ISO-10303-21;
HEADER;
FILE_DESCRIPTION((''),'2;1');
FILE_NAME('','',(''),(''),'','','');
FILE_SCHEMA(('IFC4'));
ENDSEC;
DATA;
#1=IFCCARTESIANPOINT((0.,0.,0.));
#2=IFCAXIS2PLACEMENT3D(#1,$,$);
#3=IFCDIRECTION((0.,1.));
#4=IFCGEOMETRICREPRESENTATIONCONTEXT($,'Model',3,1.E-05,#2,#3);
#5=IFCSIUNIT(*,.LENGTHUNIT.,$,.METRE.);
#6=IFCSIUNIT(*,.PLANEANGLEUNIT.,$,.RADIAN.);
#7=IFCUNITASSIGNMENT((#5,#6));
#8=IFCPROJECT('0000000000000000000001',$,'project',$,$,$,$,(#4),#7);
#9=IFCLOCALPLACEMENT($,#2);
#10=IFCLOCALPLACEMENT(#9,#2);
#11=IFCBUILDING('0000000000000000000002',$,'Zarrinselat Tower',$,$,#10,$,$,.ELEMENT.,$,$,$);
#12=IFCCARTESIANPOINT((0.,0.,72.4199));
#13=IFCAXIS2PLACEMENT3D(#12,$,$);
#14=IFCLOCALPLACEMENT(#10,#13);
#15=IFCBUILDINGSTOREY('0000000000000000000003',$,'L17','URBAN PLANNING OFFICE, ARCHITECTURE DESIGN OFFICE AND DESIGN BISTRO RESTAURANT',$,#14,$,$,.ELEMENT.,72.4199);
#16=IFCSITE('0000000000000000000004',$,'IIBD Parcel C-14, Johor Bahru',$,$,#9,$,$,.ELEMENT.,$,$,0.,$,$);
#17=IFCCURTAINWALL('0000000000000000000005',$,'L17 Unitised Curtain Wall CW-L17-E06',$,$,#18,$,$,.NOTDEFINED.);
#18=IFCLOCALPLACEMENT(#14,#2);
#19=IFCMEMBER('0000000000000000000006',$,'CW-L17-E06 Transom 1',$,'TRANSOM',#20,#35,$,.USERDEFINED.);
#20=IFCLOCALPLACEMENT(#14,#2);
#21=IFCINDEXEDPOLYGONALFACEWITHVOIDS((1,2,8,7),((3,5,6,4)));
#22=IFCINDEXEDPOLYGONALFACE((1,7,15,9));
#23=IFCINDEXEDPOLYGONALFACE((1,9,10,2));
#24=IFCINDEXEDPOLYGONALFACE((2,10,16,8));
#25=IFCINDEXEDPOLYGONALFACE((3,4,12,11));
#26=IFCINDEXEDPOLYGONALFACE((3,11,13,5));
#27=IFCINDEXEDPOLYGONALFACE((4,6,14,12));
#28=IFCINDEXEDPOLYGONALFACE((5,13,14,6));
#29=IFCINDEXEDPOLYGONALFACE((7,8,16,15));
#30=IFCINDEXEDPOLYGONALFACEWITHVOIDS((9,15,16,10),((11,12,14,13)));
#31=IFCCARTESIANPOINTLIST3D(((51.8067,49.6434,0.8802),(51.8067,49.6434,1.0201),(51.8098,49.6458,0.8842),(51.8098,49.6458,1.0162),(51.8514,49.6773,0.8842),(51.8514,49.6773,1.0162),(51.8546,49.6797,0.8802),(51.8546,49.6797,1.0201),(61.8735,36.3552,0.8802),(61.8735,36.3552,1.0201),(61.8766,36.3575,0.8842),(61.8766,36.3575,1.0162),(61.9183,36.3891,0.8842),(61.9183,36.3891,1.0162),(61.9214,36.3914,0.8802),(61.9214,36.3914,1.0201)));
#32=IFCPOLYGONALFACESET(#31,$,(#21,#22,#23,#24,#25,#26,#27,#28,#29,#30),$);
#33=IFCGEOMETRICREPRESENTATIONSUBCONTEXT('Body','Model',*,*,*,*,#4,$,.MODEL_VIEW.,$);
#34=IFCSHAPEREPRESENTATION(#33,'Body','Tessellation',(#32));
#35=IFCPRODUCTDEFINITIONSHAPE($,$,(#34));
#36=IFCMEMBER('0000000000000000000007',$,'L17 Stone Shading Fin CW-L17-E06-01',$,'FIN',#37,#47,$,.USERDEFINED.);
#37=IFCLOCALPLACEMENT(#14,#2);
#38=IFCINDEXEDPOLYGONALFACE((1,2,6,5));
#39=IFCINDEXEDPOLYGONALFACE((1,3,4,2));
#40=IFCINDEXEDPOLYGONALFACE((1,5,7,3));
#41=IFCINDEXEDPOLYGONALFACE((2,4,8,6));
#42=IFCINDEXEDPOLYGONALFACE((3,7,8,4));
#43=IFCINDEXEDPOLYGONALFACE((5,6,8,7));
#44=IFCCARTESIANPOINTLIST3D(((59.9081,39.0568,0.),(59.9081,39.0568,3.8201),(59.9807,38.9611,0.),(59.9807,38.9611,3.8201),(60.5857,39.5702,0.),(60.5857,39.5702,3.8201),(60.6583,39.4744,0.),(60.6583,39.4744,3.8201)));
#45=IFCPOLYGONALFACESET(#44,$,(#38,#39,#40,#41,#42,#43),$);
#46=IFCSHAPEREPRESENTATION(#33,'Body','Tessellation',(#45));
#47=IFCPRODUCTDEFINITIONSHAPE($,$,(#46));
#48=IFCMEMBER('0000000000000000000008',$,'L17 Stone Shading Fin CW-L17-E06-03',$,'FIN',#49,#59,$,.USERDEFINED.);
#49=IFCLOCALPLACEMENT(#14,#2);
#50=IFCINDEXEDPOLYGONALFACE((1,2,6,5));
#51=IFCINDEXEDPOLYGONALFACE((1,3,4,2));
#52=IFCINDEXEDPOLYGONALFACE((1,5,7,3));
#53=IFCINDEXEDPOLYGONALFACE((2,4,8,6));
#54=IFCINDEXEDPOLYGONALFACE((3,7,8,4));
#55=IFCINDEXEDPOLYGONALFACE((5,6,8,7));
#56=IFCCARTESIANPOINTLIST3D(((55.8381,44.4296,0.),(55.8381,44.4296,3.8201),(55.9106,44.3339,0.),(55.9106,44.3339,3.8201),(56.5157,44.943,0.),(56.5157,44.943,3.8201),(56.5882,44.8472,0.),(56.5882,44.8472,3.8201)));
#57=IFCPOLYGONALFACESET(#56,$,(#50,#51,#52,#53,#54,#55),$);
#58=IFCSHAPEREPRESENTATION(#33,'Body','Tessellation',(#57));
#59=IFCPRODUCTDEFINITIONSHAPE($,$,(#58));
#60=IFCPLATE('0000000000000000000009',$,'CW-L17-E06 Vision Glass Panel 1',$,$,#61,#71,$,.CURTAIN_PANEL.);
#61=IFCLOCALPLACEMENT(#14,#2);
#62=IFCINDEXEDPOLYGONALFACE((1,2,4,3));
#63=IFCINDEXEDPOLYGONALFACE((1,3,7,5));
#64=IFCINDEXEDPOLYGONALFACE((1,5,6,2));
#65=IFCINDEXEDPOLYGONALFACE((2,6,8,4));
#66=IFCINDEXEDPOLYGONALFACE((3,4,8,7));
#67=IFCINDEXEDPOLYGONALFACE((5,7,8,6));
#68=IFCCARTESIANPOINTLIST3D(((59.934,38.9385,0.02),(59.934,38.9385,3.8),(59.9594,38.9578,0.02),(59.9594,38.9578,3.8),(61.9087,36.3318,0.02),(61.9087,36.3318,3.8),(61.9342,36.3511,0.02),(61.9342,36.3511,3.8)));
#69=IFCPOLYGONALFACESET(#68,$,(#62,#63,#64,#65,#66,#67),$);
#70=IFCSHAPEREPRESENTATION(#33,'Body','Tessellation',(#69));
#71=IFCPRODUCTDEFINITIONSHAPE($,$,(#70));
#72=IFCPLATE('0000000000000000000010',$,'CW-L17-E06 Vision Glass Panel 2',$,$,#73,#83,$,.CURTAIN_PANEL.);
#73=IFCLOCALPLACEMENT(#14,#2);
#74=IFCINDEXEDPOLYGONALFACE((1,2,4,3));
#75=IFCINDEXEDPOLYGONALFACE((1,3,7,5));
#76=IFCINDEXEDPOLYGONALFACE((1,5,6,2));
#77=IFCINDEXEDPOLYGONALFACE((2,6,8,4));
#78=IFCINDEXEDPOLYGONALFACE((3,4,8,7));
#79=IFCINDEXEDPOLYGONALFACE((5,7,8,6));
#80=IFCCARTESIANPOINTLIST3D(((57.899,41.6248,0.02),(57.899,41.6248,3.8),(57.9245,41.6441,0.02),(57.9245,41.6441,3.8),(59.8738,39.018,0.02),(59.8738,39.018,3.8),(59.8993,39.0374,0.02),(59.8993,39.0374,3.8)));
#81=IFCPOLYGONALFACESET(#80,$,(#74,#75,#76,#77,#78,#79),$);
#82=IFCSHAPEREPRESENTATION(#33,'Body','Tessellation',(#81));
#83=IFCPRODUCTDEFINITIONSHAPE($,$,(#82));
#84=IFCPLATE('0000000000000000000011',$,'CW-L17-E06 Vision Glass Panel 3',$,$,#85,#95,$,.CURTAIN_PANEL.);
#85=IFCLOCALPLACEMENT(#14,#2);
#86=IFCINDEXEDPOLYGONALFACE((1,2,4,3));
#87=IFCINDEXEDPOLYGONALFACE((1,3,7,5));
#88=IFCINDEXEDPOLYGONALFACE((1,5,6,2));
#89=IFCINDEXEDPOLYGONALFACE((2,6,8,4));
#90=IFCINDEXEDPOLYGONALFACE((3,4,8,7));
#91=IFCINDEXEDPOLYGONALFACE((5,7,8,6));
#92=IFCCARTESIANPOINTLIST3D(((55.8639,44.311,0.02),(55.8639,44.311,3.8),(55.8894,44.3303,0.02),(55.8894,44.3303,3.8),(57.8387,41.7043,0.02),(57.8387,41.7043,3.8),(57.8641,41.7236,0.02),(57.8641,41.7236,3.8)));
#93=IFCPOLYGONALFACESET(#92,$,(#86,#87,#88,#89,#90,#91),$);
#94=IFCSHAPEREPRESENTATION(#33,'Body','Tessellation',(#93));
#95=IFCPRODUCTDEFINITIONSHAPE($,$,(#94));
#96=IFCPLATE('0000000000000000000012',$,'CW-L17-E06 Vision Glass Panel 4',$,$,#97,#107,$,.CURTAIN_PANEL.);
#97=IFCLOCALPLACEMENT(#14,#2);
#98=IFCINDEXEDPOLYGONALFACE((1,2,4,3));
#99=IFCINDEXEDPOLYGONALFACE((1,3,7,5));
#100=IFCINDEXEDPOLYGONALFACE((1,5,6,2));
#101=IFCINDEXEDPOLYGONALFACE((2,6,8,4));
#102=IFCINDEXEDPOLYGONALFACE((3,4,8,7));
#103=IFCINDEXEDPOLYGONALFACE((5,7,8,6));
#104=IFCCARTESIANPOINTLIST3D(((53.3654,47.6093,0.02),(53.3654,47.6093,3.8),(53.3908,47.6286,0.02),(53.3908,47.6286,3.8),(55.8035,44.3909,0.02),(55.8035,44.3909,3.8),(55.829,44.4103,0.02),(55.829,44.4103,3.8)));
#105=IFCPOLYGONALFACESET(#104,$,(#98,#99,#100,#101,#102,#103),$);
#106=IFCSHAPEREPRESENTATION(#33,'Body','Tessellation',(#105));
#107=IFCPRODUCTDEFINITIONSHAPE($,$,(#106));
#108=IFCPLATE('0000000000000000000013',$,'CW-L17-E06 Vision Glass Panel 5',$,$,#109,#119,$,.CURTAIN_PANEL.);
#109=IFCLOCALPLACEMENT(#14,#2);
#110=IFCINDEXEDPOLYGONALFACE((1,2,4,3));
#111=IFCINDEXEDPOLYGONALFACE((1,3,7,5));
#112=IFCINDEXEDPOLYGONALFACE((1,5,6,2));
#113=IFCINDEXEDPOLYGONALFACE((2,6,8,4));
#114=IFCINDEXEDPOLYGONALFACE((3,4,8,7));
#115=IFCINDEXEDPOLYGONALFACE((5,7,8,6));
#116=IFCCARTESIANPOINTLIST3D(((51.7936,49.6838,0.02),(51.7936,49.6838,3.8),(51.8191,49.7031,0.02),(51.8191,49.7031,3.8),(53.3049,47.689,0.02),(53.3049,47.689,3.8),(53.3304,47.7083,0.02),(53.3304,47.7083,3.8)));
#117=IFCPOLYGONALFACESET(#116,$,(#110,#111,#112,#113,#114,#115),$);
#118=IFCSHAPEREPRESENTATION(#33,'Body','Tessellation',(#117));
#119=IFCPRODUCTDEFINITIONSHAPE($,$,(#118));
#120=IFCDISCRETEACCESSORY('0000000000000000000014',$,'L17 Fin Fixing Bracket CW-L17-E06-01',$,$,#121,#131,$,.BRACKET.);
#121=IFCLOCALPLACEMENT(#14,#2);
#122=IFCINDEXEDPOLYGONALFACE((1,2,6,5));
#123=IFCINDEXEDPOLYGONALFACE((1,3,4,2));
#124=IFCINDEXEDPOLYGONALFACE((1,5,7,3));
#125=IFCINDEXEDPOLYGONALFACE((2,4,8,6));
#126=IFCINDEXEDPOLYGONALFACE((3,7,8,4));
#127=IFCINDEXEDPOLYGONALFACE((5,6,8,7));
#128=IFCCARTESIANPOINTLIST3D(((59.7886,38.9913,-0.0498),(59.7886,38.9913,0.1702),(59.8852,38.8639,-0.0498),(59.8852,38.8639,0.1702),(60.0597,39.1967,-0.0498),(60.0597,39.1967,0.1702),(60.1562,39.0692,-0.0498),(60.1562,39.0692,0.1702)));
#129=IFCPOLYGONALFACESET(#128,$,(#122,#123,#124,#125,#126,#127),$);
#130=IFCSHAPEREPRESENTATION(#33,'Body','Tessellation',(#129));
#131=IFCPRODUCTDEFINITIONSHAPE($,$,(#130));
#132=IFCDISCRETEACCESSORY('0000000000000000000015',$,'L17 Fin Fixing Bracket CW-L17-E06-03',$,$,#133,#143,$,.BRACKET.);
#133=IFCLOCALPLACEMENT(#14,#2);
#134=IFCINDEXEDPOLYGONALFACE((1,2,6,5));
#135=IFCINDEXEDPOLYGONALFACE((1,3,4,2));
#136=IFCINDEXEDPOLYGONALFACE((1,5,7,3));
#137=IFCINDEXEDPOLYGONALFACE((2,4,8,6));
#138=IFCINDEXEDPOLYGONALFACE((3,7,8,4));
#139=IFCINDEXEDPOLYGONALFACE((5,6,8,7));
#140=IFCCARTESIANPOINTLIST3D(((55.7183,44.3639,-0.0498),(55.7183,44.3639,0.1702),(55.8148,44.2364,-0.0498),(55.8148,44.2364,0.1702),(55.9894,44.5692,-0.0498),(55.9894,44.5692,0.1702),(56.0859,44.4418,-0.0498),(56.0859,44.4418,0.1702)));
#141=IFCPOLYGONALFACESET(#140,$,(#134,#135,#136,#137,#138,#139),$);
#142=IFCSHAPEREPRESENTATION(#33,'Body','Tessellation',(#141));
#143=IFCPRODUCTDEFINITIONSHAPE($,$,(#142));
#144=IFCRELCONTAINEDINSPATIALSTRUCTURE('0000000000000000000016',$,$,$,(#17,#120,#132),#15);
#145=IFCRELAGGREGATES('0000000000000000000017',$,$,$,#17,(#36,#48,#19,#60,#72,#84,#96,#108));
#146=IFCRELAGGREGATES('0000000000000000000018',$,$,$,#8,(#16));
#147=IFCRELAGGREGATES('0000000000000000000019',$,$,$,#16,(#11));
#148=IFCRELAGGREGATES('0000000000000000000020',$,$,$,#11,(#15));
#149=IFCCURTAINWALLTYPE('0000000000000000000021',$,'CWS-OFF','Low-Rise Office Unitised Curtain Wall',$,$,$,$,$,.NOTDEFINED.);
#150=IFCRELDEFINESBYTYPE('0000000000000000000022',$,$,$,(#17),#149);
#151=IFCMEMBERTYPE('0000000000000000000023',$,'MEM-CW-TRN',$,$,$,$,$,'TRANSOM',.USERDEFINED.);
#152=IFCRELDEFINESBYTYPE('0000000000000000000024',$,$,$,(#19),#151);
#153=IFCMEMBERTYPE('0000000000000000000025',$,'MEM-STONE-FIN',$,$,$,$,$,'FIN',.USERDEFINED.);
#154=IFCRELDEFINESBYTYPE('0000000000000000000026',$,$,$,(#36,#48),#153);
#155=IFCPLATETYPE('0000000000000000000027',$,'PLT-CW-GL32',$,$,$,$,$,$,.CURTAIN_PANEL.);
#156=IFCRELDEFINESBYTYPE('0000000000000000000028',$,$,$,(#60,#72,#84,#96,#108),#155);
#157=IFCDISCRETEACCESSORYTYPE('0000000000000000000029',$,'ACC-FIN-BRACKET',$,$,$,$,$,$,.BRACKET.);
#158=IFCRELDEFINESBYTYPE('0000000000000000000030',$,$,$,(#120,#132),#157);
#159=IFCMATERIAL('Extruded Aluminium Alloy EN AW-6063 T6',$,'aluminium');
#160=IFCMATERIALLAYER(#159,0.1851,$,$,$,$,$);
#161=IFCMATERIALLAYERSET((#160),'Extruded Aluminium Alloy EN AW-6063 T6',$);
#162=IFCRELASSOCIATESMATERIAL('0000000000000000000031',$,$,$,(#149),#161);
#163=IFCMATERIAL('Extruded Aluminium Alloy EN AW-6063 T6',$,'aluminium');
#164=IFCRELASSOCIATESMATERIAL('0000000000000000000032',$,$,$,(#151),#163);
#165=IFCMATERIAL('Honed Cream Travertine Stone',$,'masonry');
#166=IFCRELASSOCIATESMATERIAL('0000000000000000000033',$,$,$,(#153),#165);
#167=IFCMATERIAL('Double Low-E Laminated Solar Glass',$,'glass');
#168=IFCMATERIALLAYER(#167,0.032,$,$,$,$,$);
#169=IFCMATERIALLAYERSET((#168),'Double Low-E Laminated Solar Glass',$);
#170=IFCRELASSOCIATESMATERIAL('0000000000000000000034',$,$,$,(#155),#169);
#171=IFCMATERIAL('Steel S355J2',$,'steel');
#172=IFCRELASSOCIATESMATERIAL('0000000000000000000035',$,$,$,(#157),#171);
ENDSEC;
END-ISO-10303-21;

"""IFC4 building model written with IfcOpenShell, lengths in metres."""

from ifc_helpers import new_model, si_unit, direction, frame, origin, origin_2d, place, context, subcontext, project, spatial, rectangle, hollow_rectangle, extrude, material, layer, layer_set, material_profile, profile_set, type_object, element, aggregate, save


model = new_model("IFC4")

# Units and contexts
model_context = context("Model", 3, precision=1e-05, world=origin(), true_north=direction((0.0, 1.0)))
body_context = subcontext(model_context, "Body", "Model", "MODEL_VIEW")
ifc_project = project(units=[si_unit("LENGTHUNIT", "METRE"), si_unit("PLANEANGLEUNIT", "RADIAN")], contexts=[model_context])

# Site, building, storey
site_placement = place(None, origin())
site = spatial("IfcSite", under=ifc_project, at=site_placement, Name="IIBD Parcel C-14, Johor Bahru", CompositionType="ELEMENT", RefElevation=0.0)
building_placement = place(site_placement, origin())
building = spatial("IfcBuilding", under=site, at=building_placement, Name="Zarrinselat Tower", CompositionType="ELEMENT")
storey_placement = place(building_placement, frame((0.0, 0.0, 72.4199)))
storey = spatial("IfcBuildingStorey", under=building, at=storey_placement, Name="L17", Description="URBAN PLANNING OFFICE, ARCHITECTURE DESIGN OFFICE AND DESIGN BISTRO RESTAURANT", CompositionType="ELEMENT", Elevation=72.4199)

# Shared definitions
ifc_material_1 = material(Name="Extruded Aluminium Alloy EN AW-6063 T6", Category="aluminium")
ifc_layer_1 = layer(ifc_material_1, 0.1851)
ifc_layer_set_1 = layer_set([ifc_layer_1], Name="Extruded Aluminium Alloy EN AW-6063 T6")
curtain_wall_type = type_object("IfcCurtainWallType", Name="CWS-OFF", Description="Low-Rise Office Unitised Curtain Wall", PredefinedType="NOTDEFINED", material=ifc_layer_set_1)

# Curtain wall
curtain_wall_1_placement = place(storey_placement, origin())
curtain_wall_1 = element("IfcCurtainWall", 1, at=curtain_wall_1_placement, inside=storey, type_object=curtain_wall_type, Name="L17 Unitised Curtain Wall CW-L17-E06", PredefinedType="NOTDEFINED")

# Members
ifc_material_2 = material(Name="Extruded Aluminium Alloy EN AW-6063 T6", Category="aluminium")
ifc_material_profile_1 = material_profile(ifc_material_2, hollow_rectangle(XDim=0.0601, YDim=0.1399, WallThickness=0.0039, at=origin_2d()), Name="RHS 140x60x4")
ifc_profile_set_1 = profile_set([ifc_material_profile_1], Name="Extruded Aluminium Alloy EN AW-6063 T6")
member_type_1 = type_object("IfcMemberType", Name="MEM-CW-TRN", ElementType="TRANSOM", PredefinedType="USERDEFINED", material=ifc_profile_set_1)
member_1_placement = place(storey_placement, frame((61.8975, 36.3733, 0.9502), z_axis=(-0.603857, 0.797093, 0.0), x_axis=(-0.797093, -0.603857, 0.0)))
member_1 = element("IfcMember", 2, at=member_1_placement, type_object=member_type_1, Name="CW-L17-E06 Transom 1", ObjectType="TRANSOM", PredefinedType="USERDEFINED", context=body_context, shape_type="SweptSolid", body=[
    extrude(hollow_rectangle(XDim=0.0601, YDim=0.1399, WallThickness=0.0039, at=origin_2d()), origin(), (0.0, 0.0, 1.0), 16.6709),
])
ifc_material_3 = material(Name="Honed Cream Travertine Stone", Category="masonry")
ifc_material_profile_2 = material_profile(ifc_material_3, rectangle(XDim=0.1201, YDim=0.8501, at=origin_2d()), Name="FIN 850x120")
ifc_profile_set_2 = profile_set([ifc_material_profile_2], Name="Honed Cream Travertine Stone")
member_type_2 = type_object("IfcMemberType", Name="MEM-STONE-FIN", ElementType="FIN", PredefinedType="USERDEFINED", material=ifc_profile_set_2)
member_2_placement = place(storey_placement, frame((60.2832, 39.2656, 0.0), z_axis=(0.0, 0.0, 1.0), x_axis=(0.603857, -0.797093, 0.0)))
member_2 = element("IfcMember", 3, at=member_2_placement, type_object=member_type_2, Name="L17 Stone Shading Fin CW-L17-E06-01", ObjectType="FIN", PredefinedType="USERDEFINED", context=body_context, shape_type="SweptSolid", body=[
    extrude(rectangle(XDim=0.1201, YDim=0.8501, at=origin_2d()), origin(), (0.0, 0.0, 1.0), 3.8201),
])
member_3_placement = place(storey_placement, frame((56.2131, 44.6384, 0.0), z_axis=(0.0, 0.0, 1.0), x_axis=(0.603857, -0.797093, 0.0)))
member_3 = element("IfcMember", 4, at=member_3_placement, type_object=member_type_2, Name="L17 Stone Shading Fin CW-L17-E06-03", ObjectType="FIN", PredefinedType="USERDEFINED", context=body_context, shape_type="SweptSolid", body=[
    extrude(rectangle(XDim=0.1201, YDim=0.8501, at=origin_2d()), origin(), (0.0, 0.0, 1.0), 3.8201),
])

# Plates
ifc_material_4 = material(Name="Double Low-E Laminated Solar Glass", Category="glass")
ifc_layer_2 = layer(ifc_material_4, 0.032)
ifc_layer_set_2 = layer_set([ifc_layer_2], Name="Double Low-E Laminated Solar Glass")
plate_type = type_object("IfcPlateType", Name="PLT-CW-GL32", PredefinedType="CURTAIN_PANEL", material=ifc_layer_set_2)
plate_1_placement = place(storey_placement, frame((60.9341, 37.6448, 0.02), z_axis=(0.0, 0.0, 1.0), x_axis=(-0.603857, 0.797093, 0.0)))
plate_1 = element("IfcPlate", 5, at=plate_1_placement, type_object=plate_type, Name="CW-L17-E06 Vision Glass Panel 1", PredefinedType="CURTAIN_PANEL", context=body_context, shape_type="SweptSolid", body=[
    extrude(rectangle(XDim=3.2703, YDim=0.032, at=origin_2d()), origin(), (0.0, 0.0, 1.0), 3.78),
])
plate_2_placement = place(storey_placement, frame((58.8992, 40.3311, 0.02), z_axis=(0.0, 0.0, 1.0), x_axis=(-0.603857, 0.797093, 0.0)))
plate_2 = element("IfcPlate", 6, at=plate_2_placement, type_object=plate_type, Name="CW-L17-E06 Vision Glass Panel 2", PredefinedType="CURTAIN_PANEL", context=body_context, shape_type="SweptSolid", body=[
    extrude(rectangle(XDim=3.2703, YDim=0.032, at=origin_2d()), origin(), (0.0, 0.0, 1.0), 3.78),
])
plate_3_placement = place(storey_placement, frame((56.864, 43.0173, 0.02), z_axis=(0.0, 0.0, 1.0), x_axis=(-0.603857, 0.797093, 0.0)))
plate_3 = element("IfcPlate", 7, at=plate_3_placement, type_object=plate_type, Name="CW-L17-E06 Vision Glass Panel 3", PredefinedType="CURTAIN_PANEL", context=body_context, shape_type="SweptSolid", body=[
    extrude(rectangle(XDim=3.2703, YDim=0.032, at=origin_2d()), origin(), (0.0, 0.0, 1.0), 3.78),
])
plate_4_placement = place(storey_placement, frame((54.5972, 46.0098, 0.02), z_axis=(0.0, 0.0, 1.0), x_axis=(-0.603857, 0.797093, 0.0)))
plate_4 = element("IfcPlate", 8, at=plate_4_placement, type_object=plate_type, Name="CW-L17-E06 Vision Glass Panel 4", PredefinedType="CURTAIN_PANEL", context=body_context, shape_type="SweptSolid", body=[
    extrude(rectangle(XDim=4.0376, YDim=0.032, at=origin_2d()), origin(), (0.0, 0.0, 1.0), 3.78),
])
plate_5_placement = place(storey_placement, frame((52.562, 48.696, 0.02), z_axis=(0.0, 0.0, 1.0), x_axis=(-0.603857, 0.797093, 0.0)))
plate_5 = element("IfcPlate", 9, at=plate_5_placement, type_object=plate_type, Name="CW-L17-E06 Vision Glass Panel 5", PredefinedType="CURTAIN_PANEL", context=body_context, shape_type="SweptSolid", body=[
    extrude(rectangle(XDim=2.5027, YDim=0.032, at=origin_2d()), origin(), (0.0, 0.0, 1.0), 3.78),
])
aggregate(curtain_wall_1, [member_2, member_3, member_1, plate_1, plate_2, plate_3, plate_4, plate_5])

# Discrete accessories
ifc_material_5 = material(Name="Steel S355J2", Category="steel")
discrete_accessory_type = type_object("IfcDiscreteAccessoryType", Name="ACC-FIN-BRACKET", PredefinedType="BRACKET", material=ifc_material_5)
for number, where, z_axis, x_axis, name in (
    (10, (59.9724, 39.0303, -0.0498), (0.0, 0.0, 1.0), (0.797093, 0.603857, 0.0), "L17 Fin Fixing Bracket CW-L17-E06-01"),
    (11, (55.9021, 44.4028, -0.0498), (0.0, 0.0, 1.0), (0.797093, 0.603857, 0.0), "L17 Fin Fixing Bracket CW-L17-E06-03"),
):
    element("IfcDiscreteAccessory", number, at=place(storey_placement, frame(where, z_axis=z_axis, x_axis=x_axis)), inside=storey, type_object=discrete_accessory_type, Name=name, PredefinedType="BRACKET", context=body_context, shape_type="SweptSolid", body=[
        extrude(rectangle(XDim=0.3401, YDim=0.1599, at=origin_2d()), origin(), (0.0, 0.0, 1.0), 0.22),
    ])

save(model, "model.ifc")
